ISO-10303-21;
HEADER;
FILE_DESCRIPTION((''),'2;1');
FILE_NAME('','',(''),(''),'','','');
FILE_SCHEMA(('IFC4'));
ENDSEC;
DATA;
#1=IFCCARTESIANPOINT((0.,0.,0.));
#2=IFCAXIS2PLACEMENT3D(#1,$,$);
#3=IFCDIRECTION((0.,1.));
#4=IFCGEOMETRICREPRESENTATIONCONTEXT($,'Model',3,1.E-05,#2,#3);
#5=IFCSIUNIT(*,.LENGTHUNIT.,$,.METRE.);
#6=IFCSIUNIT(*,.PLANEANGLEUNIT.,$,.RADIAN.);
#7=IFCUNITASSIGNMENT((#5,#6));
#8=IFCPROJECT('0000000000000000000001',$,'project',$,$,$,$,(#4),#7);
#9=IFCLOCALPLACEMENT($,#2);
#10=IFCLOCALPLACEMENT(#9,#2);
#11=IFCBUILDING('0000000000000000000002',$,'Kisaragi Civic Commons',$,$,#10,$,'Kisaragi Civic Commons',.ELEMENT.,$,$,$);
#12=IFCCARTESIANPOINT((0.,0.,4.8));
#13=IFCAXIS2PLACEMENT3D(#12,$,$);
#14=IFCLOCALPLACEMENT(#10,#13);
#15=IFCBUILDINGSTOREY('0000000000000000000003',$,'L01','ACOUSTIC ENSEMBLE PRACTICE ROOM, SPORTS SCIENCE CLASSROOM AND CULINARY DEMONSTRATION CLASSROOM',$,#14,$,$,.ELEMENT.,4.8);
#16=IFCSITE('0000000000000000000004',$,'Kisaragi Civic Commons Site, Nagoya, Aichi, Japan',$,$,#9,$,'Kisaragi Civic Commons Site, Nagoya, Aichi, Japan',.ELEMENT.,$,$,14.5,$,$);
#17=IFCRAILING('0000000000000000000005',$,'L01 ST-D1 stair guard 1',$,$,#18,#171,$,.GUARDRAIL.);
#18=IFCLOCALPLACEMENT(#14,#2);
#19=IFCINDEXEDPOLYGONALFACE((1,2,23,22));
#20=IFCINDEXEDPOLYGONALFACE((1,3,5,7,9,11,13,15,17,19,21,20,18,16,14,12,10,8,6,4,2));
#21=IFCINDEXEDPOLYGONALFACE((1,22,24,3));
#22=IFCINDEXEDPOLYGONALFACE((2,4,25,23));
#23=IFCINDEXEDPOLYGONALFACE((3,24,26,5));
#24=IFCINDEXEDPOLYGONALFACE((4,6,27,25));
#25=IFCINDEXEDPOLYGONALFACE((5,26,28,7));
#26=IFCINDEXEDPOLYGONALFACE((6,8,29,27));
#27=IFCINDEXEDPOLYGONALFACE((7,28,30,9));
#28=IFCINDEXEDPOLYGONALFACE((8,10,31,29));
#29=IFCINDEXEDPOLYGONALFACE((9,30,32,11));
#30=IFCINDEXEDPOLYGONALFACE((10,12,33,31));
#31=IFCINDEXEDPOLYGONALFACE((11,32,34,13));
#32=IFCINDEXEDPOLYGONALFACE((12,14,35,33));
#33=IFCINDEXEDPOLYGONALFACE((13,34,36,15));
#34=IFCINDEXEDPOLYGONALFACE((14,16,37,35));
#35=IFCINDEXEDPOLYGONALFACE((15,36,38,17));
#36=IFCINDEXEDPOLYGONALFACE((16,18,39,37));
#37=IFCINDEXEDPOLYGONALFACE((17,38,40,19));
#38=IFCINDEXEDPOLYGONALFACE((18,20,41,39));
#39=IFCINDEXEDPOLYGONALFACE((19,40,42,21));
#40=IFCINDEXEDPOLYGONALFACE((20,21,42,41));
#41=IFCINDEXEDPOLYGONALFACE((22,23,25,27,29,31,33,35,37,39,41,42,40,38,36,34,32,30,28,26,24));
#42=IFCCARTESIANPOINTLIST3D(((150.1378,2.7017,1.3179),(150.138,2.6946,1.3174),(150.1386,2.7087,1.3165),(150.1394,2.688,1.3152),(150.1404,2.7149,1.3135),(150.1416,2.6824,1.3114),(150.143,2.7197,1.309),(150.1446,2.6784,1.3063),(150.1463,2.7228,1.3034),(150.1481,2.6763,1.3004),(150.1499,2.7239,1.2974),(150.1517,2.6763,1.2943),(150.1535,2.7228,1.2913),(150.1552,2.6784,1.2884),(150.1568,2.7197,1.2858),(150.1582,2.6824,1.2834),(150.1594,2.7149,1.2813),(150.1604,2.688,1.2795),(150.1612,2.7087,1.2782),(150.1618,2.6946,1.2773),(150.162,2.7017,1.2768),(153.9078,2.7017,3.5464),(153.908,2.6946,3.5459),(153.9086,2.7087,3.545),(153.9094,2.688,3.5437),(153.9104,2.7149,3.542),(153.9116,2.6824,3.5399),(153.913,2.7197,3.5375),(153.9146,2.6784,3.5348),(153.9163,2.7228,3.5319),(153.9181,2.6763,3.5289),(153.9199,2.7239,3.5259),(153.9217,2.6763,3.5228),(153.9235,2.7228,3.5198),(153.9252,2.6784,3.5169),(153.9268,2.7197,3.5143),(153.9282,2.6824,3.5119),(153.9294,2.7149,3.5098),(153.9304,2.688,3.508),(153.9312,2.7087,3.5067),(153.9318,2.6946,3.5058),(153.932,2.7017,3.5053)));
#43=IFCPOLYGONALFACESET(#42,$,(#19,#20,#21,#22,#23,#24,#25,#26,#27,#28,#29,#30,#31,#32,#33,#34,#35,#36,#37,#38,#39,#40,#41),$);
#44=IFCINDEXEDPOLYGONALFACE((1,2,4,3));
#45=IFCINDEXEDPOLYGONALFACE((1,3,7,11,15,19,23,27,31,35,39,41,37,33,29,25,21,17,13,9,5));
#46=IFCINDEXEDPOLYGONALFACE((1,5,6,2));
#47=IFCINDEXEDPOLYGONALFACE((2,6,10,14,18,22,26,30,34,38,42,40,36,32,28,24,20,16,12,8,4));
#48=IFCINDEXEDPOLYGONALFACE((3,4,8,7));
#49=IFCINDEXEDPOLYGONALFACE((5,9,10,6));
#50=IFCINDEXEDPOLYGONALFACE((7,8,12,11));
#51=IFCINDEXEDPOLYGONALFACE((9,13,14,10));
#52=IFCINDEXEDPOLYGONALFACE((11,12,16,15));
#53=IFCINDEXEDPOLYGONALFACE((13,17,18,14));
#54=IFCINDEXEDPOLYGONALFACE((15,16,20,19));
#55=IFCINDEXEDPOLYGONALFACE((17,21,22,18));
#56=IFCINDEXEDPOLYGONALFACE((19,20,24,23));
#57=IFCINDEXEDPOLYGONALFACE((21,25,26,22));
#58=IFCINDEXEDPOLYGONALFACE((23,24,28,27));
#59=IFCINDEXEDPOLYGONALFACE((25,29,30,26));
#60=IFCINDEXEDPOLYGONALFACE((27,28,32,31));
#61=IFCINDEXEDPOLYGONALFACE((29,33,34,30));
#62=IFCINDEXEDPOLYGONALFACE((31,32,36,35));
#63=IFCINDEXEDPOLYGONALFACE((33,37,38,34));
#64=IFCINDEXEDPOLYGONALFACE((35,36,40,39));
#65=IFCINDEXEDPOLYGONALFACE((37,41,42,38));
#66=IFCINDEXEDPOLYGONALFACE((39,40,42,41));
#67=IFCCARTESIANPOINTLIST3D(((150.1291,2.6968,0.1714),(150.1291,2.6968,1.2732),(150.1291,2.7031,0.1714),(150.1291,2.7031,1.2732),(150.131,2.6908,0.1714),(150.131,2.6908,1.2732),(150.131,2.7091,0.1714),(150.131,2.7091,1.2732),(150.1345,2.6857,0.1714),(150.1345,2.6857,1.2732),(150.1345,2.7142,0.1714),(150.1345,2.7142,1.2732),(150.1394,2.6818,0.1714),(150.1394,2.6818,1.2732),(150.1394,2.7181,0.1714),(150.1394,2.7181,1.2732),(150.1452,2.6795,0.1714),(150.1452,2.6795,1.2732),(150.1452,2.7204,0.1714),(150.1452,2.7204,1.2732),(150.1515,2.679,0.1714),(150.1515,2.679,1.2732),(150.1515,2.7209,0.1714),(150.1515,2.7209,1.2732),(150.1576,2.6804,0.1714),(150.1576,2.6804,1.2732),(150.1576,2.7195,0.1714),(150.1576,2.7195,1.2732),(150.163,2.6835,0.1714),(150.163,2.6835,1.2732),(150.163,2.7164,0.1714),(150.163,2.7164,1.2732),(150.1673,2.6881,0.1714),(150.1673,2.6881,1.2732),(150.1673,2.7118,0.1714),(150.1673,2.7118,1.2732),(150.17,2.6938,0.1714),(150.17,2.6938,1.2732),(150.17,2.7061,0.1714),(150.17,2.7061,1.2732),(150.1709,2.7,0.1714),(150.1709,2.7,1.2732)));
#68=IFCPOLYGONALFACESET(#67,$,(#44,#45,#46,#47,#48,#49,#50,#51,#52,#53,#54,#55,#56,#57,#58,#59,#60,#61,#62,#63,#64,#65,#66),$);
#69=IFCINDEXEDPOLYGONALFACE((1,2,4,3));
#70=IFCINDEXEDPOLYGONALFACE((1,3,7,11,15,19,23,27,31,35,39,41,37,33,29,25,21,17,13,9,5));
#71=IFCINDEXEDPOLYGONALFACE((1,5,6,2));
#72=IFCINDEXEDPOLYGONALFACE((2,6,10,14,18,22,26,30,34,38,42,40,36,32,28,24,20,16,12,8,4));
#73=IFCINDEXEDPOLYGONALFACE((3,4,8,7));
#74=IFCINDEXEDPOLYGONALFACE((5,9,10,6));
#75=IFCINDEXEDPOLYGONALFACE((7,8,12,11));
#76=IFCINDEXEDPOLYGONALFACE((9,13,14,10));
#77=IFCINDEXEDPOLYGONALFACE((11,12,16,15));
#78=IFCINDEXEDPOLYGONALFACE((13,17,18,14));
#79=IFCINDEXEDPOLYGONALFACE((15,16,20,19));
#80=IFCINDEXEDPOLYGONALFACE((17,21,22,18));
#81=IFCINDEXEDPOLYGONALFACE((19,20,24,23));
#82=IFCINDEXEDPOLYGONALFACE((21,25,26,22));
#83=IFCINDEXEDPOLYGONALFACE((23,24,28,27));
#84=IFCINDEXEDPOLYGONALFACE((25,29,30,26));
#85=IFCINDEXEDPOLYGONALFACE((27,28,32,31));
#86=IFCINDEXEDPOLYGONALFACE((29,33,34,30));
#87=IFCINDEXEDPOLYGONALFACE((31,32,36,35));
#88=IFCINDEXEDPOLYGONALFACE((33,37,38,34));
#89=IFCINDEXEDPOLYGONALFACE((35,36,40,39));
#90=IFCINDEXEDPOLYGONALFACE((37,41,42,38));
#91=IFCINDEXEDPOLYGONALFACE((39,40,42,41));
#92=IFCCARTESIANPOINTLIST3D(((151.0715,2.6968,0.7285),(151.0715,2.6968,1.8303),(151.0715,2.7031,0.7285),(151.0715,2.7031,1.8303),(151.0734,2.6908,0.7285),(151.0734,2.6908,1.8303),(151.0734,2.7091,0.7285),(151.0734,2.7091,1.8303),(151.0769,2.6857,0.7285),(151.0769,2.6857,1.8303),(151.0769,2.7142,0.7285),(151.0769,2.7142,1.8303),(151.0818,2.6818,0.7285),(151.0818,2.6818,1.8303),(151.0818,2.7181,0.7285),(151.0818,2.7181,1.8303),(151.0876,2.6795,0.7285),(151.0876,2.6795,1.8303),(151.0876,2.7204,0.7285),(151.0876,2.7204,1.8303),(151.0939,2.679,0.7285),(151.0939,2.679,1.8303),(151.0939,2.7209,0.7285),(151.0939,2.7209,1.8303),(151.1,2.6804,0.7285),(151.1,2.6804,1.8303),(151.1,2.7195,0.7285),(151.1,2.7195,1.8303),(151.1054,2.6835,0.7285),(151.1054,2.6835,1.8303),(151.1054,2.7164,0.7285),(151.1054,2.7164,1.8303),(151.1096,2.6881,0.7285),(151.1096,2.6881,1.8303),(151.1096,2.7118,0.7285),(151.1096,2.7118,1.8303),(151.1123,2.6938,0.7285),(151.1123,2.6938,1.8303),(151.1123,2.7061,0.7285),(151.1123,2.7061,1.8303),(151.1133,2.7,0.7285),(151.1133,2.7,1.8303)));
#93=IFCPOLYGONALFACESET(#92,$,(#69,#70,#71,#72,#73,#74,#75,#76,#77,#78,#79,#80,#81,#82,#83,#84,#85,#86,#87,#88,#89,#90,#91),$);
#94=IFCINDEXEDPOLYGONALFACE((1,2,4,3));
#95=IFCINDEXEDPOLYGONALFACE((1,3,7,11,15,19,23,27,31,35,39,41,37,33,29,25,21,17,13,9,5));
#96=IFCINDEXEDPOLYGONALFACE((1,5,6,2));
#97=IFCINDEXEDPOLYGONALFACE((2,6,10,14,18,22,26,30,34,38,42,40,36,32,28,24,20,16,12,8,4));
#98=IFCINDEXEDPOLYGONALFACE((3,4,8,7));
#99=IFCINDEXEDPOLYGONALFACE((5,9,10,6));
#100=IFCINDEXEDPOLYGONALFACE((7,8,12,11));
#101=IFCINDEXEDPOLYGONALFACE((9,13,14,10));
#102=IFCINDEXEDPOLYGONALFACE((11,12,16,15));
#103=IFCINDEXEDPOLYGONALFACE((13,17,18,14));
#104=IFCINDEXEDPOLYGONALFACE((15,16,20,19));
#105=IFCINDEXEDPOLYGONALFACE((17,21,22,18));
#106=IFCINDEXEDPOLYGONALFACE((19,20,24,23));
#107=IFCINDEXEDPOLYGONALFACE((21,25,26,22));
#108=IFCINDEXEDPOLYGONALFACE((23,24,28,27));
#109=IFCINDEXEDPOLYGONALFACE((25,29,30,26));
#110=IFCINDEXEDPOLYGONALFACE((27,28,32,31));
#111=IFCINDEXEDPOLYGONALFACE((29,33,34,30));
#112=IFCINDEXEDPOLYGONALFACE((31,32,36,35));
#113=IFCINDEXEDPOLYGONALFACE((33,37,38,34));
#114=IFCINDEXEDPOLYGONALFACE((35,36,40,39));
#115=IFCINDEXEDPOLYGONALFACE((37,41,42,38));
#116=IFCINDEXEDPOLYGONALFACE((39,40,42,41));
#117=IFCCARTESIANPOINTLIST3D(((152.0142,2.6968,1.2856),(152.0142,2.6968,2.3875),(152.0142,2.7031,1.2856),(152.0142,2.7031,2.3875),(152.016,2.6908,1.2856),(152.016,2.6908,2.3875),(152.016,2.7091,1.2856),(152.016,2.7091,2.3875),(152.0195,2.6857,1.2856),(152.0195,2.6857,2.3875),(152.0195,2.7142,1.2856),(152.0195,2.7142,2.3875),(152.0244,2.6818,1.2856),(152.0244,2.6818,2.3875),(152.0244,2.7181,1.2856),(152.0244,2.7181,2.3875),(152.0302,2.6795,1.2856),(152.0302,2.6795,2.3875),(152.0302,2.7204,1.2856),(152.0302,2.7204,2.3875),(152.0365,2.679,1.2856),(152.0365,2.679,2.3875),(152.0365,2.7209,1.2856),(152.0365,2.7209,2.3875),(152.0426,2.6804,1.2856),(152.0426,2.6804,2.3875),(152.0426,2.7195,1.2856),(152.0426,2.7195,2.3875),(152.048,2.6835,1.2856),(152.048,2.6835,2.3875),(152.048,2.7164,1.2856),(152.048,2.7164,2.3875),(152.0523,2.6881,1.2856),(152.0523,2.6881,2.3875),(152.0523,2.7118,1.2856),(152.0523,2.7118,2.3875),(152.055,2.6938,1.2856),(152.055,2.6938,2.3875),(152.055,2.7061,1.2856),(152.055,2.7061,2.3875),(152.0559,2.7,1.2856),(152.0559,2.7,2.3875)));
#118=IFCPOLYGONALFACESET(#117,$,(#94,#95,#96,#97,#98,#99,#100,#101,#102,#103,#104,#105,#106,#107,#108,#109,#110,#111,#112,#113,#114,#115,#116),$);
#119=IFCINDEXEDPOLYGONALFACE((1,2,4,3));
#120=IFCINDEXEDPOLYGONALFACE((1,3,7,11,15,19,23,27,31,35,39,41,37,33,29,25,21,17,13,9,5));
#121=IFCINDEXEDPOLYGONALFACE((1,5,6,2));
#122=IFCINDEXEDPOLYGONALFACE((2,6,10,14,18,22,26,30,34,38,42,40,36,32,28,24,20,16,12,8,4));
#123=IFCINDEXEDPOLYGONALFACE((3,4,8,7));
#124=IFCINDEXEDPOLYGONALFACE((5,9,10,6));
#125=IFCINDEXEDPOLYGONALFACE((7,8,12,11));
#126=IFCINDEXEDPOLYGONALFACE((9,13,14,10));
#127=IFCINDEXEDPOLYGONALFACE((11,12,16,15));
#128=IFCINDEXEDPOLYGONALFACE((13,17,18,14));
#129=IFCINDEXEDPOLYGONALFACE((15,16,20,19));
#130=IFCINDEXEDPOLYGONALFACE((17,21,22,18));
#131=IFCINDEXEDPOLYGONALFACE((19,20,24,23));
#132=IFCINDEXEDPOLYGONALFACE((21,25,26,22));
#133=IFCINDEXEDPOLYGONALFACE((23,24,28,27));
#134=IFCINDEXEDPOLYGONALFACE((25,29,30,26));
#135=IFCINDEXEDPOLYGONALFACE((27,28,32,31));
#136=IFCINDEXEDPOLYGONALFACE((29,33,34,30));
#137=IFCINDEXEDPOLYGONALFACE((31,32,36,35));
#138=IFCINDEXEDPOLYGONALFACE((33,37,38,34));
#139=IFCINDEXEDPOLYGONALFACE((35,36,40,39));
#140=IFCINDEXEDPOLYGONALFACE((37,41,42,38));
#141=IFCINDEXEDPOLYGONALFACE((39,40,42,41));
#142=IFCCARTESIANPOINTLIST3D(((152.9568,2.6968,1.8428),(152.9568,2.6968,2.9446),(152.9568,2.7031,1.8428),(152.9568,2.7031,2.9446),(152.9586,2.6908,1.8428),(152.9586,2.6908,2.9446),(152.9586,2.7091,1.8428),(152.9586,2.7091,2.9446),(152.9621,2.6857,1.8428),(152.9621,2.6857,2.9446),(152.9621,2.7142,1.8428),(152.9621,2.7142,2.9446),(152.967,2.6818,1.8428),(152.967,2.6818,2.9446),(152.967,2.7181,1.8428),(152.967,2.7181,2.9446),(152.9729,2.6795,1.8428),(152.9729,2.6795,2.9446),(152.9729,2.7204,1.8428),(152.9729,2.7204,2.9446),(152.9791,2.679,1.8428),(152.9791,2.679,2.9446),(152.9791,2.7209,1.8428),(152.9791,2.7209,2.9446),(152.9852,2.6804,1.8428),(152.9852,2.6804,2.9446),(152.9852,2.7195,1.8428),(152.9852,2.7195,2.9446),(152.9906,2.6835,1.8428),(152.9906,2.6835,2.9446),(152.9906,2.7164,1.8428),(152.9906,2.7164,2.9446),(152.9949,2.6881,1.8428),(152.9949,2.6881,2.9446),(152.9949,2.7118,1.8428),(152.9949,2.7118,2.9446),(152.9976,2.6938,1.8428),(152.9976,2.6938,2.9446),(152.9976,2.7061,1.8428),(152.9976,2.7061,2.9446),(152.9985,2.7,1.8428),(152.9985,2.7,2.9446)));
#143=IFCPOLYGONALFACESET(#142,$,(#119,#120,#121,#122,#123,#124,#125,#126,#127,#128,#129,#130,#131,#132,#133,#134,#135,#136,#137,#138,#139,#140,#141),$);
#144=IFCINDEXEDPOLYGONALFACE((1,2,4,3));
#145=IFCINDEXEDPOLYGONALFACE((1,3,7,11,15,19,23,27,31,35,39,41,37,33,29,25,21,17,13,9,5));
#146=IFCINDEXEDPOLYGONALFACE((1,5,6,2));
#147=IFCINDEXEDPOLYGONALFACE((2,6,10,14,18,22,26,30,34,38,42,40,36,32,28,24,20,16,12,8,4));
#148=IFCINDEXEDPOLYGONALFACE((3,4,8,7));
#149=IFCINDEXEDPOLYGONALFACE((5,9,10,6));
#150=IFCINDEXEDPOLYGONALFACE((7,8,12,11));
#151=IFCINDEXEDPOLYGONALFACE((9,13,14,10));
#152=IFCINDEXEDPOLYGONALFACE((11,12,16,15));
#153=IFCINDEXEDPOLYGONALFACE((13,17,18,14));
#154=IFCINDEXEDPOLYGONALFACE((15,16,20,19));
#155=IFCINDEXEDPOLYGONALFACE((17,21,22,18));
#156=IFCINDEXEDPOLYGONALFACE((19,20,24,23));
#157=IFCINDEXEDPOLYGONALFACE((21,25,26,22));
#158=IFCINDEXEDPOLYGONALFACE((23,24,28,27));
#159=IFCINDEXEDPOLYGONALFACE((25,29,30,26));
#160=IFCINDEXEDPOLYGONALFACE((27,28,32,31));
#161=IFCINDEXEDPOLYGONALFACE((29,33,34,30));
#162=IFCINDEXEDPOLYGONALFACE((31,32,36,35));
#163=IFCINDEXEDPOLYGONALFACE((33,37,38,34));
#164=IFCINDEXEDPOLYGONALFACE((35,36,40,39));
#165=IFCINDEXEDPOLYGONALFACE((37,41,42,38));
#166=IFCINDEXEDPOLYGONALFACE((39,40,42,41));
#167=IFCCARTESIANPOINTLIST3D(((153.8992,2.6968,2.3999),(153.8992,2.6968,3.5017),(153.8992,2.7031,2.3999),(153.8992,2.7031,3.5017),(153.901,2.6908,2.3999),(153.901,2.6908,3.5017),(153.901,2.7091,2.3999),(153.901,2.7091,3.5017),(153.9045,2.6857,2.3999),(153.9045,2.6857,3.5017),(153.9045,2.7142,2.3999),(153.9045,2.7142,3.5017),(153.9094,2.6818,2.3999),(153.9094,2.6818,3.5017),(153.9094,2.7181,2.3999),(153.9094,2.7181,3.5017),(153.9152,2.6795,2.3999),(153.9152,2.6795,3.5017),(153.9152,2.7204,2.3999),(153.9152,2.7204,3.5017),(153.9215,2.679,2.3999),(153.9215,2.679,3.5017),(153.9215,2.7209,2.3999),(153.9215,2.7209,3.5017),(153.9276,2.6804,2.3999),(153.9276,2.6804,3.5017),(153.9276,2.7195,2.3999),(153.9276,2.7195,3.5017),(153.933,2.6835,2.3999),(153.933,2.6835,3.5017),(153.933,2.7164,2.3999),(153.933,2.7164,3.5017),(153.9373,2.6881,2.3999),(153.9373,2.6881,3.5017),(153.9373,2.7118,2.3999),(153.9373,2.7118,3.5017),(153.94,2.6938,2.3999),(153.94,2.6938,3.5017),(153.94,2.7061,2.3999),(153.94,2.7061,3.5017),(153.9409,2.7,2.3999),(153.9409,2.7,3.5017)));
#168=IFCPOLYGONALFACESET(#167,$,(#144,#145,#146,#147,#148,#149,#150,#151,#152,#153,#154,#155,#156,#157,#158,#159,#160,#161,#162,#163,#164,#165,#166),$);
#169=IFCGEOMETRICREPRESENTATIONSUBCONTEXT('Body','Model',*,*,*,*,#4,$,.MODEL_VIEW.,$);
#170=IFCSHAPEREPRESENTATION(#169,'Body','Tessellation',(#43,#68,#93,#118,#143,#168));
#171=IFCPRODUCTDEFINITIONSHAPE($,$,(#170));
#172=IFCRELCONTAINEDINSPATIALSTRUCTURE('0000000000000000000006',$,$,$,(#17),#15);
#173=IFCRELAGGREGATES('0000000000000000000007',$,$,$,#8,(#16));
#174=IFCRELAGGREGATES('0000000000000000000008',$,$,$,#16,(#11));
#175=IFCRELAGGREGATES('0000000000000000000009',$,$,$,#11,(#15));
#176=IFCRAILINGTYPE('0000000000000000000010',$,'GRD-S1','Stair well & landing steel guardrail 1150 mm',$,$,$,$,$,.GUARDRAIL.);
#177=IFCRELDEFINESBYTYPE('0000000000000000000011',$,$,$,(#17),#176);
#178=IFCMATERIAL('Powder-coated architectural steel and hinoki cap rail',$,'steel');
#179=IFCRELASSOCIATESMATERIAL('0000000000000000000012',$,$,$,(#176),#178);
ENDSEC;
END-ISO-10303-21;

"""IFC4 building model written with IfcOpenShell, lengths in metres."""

from ifc_helpers import new_model, si_unit, direction, frame, origin, origin_2d, place, context, subcontext, project, spatial, circle, extrude, material, type_object, element, save


model = new_model("IFC4")

# Units and contexts
model_context = context("Model", 3, precision=1e-05, world=origin(), true_north=direction((0.0, 1.0)))
body_context = subcontext(model_context, "Body", "Model", "MODEL_VIEW")
ifc_project = project(units=[si_unit("LENGTHUNIT", "METRE"), si_unit("PLANEANGLEUNIT", "RADIAN")], contexts=[model_context])

# Site, building, storey
site_placement = place(None, origin())
site = spatial("IfcSite", under=ifc_project, at=site_placement, Name="Kisaragi Civic Commons Site, Nagoya, Aichi, Japan", LongName="Kisaragi Civic Commons Site, Nagoya, Aichi, Japan", CompositionType="ELEMENT", RefElevation=14.5)
building_placement = place(site_placement, origin())
building = spatial("IfcBuilding", under=site, at=building_placement, Name="Kisaragi Civic Commons", LongName="Kisaragi Civic Commons", CompositionType="ELEMENT")
storey_placement = place(building_placement, frame((0.0, 0.0, 4.8)))
storey = spatial("IfcBuildingStorey", under=building, at=storey_placement, Name="L01", Description="ACOUSTIC ENSEMBLE PRACTICE ROOM, SPORTS SCIENCE CLASSROOM AND CULINARY DEMONSTRATION CLASSROOM", CompositionType="ELEMENT", Elevation=4.8)

# Railing
ifc_material_1 = material(Name="Powder-coated architectural steel and hinoki cap rail", Category="steel")
railing_type_1 = type_object("IfcRailingType", Name="GRD-S1", Description="Stair well & landing steel guardrail 1150 mm", PredefinedType="GUARDRAIL", material=ifc_material_1)
railing_1_placement = place(storey_placement, frame((150.1499, 2.7, 0.1714)))
element("IfcRailing", 1, at=railing_1_placement, inside=storey, type_object=railing_type_1, Name="L01 ST-D1 stair guard 1", PredefinedType="GUARDRAIL", context=body_context, shape_type="SweptSolid", body=[
    extrude(circle(Radius=0.0239, at=origin_2d()), frame((0.0, 0.0, 1.126), z_axis=(0.860849, 0.0, 0.508861), x_axis=(0.0, 1.0, 0.0)), (0.0, 0.0, 1.0), 4.3794),
    extrude(circle(Radius=0.021, at=origin_2d()), origin(), (0.0, 0.0, 1.0), 1.1018),
    extrude(circle(Radius=0.021, at=origin_2d()), frame((0.9424, 0.0, 0.5571)), (0.0, 0.0, 1.0), 1.1018),
    extrude(circle(Radius=0.021, at=origin_2d()), frame((1.885, 0.0, 1.1143)), (0.0, 0.0, 1.0), 1.1018),
    extrude(circle(Radius=0.021, at=origin_2d()), frame((2.8276, 0.0, 1.6714)), (0.0, 0.0, 1.0), 1.1018),
    extrude(circle(Radius=0.021, at=origin_2d()), frame((3.77, 0.0, 2.2285)), (0.0, 0.0, 1.0), 1.1018),
])

save(model, "model.ifc")
